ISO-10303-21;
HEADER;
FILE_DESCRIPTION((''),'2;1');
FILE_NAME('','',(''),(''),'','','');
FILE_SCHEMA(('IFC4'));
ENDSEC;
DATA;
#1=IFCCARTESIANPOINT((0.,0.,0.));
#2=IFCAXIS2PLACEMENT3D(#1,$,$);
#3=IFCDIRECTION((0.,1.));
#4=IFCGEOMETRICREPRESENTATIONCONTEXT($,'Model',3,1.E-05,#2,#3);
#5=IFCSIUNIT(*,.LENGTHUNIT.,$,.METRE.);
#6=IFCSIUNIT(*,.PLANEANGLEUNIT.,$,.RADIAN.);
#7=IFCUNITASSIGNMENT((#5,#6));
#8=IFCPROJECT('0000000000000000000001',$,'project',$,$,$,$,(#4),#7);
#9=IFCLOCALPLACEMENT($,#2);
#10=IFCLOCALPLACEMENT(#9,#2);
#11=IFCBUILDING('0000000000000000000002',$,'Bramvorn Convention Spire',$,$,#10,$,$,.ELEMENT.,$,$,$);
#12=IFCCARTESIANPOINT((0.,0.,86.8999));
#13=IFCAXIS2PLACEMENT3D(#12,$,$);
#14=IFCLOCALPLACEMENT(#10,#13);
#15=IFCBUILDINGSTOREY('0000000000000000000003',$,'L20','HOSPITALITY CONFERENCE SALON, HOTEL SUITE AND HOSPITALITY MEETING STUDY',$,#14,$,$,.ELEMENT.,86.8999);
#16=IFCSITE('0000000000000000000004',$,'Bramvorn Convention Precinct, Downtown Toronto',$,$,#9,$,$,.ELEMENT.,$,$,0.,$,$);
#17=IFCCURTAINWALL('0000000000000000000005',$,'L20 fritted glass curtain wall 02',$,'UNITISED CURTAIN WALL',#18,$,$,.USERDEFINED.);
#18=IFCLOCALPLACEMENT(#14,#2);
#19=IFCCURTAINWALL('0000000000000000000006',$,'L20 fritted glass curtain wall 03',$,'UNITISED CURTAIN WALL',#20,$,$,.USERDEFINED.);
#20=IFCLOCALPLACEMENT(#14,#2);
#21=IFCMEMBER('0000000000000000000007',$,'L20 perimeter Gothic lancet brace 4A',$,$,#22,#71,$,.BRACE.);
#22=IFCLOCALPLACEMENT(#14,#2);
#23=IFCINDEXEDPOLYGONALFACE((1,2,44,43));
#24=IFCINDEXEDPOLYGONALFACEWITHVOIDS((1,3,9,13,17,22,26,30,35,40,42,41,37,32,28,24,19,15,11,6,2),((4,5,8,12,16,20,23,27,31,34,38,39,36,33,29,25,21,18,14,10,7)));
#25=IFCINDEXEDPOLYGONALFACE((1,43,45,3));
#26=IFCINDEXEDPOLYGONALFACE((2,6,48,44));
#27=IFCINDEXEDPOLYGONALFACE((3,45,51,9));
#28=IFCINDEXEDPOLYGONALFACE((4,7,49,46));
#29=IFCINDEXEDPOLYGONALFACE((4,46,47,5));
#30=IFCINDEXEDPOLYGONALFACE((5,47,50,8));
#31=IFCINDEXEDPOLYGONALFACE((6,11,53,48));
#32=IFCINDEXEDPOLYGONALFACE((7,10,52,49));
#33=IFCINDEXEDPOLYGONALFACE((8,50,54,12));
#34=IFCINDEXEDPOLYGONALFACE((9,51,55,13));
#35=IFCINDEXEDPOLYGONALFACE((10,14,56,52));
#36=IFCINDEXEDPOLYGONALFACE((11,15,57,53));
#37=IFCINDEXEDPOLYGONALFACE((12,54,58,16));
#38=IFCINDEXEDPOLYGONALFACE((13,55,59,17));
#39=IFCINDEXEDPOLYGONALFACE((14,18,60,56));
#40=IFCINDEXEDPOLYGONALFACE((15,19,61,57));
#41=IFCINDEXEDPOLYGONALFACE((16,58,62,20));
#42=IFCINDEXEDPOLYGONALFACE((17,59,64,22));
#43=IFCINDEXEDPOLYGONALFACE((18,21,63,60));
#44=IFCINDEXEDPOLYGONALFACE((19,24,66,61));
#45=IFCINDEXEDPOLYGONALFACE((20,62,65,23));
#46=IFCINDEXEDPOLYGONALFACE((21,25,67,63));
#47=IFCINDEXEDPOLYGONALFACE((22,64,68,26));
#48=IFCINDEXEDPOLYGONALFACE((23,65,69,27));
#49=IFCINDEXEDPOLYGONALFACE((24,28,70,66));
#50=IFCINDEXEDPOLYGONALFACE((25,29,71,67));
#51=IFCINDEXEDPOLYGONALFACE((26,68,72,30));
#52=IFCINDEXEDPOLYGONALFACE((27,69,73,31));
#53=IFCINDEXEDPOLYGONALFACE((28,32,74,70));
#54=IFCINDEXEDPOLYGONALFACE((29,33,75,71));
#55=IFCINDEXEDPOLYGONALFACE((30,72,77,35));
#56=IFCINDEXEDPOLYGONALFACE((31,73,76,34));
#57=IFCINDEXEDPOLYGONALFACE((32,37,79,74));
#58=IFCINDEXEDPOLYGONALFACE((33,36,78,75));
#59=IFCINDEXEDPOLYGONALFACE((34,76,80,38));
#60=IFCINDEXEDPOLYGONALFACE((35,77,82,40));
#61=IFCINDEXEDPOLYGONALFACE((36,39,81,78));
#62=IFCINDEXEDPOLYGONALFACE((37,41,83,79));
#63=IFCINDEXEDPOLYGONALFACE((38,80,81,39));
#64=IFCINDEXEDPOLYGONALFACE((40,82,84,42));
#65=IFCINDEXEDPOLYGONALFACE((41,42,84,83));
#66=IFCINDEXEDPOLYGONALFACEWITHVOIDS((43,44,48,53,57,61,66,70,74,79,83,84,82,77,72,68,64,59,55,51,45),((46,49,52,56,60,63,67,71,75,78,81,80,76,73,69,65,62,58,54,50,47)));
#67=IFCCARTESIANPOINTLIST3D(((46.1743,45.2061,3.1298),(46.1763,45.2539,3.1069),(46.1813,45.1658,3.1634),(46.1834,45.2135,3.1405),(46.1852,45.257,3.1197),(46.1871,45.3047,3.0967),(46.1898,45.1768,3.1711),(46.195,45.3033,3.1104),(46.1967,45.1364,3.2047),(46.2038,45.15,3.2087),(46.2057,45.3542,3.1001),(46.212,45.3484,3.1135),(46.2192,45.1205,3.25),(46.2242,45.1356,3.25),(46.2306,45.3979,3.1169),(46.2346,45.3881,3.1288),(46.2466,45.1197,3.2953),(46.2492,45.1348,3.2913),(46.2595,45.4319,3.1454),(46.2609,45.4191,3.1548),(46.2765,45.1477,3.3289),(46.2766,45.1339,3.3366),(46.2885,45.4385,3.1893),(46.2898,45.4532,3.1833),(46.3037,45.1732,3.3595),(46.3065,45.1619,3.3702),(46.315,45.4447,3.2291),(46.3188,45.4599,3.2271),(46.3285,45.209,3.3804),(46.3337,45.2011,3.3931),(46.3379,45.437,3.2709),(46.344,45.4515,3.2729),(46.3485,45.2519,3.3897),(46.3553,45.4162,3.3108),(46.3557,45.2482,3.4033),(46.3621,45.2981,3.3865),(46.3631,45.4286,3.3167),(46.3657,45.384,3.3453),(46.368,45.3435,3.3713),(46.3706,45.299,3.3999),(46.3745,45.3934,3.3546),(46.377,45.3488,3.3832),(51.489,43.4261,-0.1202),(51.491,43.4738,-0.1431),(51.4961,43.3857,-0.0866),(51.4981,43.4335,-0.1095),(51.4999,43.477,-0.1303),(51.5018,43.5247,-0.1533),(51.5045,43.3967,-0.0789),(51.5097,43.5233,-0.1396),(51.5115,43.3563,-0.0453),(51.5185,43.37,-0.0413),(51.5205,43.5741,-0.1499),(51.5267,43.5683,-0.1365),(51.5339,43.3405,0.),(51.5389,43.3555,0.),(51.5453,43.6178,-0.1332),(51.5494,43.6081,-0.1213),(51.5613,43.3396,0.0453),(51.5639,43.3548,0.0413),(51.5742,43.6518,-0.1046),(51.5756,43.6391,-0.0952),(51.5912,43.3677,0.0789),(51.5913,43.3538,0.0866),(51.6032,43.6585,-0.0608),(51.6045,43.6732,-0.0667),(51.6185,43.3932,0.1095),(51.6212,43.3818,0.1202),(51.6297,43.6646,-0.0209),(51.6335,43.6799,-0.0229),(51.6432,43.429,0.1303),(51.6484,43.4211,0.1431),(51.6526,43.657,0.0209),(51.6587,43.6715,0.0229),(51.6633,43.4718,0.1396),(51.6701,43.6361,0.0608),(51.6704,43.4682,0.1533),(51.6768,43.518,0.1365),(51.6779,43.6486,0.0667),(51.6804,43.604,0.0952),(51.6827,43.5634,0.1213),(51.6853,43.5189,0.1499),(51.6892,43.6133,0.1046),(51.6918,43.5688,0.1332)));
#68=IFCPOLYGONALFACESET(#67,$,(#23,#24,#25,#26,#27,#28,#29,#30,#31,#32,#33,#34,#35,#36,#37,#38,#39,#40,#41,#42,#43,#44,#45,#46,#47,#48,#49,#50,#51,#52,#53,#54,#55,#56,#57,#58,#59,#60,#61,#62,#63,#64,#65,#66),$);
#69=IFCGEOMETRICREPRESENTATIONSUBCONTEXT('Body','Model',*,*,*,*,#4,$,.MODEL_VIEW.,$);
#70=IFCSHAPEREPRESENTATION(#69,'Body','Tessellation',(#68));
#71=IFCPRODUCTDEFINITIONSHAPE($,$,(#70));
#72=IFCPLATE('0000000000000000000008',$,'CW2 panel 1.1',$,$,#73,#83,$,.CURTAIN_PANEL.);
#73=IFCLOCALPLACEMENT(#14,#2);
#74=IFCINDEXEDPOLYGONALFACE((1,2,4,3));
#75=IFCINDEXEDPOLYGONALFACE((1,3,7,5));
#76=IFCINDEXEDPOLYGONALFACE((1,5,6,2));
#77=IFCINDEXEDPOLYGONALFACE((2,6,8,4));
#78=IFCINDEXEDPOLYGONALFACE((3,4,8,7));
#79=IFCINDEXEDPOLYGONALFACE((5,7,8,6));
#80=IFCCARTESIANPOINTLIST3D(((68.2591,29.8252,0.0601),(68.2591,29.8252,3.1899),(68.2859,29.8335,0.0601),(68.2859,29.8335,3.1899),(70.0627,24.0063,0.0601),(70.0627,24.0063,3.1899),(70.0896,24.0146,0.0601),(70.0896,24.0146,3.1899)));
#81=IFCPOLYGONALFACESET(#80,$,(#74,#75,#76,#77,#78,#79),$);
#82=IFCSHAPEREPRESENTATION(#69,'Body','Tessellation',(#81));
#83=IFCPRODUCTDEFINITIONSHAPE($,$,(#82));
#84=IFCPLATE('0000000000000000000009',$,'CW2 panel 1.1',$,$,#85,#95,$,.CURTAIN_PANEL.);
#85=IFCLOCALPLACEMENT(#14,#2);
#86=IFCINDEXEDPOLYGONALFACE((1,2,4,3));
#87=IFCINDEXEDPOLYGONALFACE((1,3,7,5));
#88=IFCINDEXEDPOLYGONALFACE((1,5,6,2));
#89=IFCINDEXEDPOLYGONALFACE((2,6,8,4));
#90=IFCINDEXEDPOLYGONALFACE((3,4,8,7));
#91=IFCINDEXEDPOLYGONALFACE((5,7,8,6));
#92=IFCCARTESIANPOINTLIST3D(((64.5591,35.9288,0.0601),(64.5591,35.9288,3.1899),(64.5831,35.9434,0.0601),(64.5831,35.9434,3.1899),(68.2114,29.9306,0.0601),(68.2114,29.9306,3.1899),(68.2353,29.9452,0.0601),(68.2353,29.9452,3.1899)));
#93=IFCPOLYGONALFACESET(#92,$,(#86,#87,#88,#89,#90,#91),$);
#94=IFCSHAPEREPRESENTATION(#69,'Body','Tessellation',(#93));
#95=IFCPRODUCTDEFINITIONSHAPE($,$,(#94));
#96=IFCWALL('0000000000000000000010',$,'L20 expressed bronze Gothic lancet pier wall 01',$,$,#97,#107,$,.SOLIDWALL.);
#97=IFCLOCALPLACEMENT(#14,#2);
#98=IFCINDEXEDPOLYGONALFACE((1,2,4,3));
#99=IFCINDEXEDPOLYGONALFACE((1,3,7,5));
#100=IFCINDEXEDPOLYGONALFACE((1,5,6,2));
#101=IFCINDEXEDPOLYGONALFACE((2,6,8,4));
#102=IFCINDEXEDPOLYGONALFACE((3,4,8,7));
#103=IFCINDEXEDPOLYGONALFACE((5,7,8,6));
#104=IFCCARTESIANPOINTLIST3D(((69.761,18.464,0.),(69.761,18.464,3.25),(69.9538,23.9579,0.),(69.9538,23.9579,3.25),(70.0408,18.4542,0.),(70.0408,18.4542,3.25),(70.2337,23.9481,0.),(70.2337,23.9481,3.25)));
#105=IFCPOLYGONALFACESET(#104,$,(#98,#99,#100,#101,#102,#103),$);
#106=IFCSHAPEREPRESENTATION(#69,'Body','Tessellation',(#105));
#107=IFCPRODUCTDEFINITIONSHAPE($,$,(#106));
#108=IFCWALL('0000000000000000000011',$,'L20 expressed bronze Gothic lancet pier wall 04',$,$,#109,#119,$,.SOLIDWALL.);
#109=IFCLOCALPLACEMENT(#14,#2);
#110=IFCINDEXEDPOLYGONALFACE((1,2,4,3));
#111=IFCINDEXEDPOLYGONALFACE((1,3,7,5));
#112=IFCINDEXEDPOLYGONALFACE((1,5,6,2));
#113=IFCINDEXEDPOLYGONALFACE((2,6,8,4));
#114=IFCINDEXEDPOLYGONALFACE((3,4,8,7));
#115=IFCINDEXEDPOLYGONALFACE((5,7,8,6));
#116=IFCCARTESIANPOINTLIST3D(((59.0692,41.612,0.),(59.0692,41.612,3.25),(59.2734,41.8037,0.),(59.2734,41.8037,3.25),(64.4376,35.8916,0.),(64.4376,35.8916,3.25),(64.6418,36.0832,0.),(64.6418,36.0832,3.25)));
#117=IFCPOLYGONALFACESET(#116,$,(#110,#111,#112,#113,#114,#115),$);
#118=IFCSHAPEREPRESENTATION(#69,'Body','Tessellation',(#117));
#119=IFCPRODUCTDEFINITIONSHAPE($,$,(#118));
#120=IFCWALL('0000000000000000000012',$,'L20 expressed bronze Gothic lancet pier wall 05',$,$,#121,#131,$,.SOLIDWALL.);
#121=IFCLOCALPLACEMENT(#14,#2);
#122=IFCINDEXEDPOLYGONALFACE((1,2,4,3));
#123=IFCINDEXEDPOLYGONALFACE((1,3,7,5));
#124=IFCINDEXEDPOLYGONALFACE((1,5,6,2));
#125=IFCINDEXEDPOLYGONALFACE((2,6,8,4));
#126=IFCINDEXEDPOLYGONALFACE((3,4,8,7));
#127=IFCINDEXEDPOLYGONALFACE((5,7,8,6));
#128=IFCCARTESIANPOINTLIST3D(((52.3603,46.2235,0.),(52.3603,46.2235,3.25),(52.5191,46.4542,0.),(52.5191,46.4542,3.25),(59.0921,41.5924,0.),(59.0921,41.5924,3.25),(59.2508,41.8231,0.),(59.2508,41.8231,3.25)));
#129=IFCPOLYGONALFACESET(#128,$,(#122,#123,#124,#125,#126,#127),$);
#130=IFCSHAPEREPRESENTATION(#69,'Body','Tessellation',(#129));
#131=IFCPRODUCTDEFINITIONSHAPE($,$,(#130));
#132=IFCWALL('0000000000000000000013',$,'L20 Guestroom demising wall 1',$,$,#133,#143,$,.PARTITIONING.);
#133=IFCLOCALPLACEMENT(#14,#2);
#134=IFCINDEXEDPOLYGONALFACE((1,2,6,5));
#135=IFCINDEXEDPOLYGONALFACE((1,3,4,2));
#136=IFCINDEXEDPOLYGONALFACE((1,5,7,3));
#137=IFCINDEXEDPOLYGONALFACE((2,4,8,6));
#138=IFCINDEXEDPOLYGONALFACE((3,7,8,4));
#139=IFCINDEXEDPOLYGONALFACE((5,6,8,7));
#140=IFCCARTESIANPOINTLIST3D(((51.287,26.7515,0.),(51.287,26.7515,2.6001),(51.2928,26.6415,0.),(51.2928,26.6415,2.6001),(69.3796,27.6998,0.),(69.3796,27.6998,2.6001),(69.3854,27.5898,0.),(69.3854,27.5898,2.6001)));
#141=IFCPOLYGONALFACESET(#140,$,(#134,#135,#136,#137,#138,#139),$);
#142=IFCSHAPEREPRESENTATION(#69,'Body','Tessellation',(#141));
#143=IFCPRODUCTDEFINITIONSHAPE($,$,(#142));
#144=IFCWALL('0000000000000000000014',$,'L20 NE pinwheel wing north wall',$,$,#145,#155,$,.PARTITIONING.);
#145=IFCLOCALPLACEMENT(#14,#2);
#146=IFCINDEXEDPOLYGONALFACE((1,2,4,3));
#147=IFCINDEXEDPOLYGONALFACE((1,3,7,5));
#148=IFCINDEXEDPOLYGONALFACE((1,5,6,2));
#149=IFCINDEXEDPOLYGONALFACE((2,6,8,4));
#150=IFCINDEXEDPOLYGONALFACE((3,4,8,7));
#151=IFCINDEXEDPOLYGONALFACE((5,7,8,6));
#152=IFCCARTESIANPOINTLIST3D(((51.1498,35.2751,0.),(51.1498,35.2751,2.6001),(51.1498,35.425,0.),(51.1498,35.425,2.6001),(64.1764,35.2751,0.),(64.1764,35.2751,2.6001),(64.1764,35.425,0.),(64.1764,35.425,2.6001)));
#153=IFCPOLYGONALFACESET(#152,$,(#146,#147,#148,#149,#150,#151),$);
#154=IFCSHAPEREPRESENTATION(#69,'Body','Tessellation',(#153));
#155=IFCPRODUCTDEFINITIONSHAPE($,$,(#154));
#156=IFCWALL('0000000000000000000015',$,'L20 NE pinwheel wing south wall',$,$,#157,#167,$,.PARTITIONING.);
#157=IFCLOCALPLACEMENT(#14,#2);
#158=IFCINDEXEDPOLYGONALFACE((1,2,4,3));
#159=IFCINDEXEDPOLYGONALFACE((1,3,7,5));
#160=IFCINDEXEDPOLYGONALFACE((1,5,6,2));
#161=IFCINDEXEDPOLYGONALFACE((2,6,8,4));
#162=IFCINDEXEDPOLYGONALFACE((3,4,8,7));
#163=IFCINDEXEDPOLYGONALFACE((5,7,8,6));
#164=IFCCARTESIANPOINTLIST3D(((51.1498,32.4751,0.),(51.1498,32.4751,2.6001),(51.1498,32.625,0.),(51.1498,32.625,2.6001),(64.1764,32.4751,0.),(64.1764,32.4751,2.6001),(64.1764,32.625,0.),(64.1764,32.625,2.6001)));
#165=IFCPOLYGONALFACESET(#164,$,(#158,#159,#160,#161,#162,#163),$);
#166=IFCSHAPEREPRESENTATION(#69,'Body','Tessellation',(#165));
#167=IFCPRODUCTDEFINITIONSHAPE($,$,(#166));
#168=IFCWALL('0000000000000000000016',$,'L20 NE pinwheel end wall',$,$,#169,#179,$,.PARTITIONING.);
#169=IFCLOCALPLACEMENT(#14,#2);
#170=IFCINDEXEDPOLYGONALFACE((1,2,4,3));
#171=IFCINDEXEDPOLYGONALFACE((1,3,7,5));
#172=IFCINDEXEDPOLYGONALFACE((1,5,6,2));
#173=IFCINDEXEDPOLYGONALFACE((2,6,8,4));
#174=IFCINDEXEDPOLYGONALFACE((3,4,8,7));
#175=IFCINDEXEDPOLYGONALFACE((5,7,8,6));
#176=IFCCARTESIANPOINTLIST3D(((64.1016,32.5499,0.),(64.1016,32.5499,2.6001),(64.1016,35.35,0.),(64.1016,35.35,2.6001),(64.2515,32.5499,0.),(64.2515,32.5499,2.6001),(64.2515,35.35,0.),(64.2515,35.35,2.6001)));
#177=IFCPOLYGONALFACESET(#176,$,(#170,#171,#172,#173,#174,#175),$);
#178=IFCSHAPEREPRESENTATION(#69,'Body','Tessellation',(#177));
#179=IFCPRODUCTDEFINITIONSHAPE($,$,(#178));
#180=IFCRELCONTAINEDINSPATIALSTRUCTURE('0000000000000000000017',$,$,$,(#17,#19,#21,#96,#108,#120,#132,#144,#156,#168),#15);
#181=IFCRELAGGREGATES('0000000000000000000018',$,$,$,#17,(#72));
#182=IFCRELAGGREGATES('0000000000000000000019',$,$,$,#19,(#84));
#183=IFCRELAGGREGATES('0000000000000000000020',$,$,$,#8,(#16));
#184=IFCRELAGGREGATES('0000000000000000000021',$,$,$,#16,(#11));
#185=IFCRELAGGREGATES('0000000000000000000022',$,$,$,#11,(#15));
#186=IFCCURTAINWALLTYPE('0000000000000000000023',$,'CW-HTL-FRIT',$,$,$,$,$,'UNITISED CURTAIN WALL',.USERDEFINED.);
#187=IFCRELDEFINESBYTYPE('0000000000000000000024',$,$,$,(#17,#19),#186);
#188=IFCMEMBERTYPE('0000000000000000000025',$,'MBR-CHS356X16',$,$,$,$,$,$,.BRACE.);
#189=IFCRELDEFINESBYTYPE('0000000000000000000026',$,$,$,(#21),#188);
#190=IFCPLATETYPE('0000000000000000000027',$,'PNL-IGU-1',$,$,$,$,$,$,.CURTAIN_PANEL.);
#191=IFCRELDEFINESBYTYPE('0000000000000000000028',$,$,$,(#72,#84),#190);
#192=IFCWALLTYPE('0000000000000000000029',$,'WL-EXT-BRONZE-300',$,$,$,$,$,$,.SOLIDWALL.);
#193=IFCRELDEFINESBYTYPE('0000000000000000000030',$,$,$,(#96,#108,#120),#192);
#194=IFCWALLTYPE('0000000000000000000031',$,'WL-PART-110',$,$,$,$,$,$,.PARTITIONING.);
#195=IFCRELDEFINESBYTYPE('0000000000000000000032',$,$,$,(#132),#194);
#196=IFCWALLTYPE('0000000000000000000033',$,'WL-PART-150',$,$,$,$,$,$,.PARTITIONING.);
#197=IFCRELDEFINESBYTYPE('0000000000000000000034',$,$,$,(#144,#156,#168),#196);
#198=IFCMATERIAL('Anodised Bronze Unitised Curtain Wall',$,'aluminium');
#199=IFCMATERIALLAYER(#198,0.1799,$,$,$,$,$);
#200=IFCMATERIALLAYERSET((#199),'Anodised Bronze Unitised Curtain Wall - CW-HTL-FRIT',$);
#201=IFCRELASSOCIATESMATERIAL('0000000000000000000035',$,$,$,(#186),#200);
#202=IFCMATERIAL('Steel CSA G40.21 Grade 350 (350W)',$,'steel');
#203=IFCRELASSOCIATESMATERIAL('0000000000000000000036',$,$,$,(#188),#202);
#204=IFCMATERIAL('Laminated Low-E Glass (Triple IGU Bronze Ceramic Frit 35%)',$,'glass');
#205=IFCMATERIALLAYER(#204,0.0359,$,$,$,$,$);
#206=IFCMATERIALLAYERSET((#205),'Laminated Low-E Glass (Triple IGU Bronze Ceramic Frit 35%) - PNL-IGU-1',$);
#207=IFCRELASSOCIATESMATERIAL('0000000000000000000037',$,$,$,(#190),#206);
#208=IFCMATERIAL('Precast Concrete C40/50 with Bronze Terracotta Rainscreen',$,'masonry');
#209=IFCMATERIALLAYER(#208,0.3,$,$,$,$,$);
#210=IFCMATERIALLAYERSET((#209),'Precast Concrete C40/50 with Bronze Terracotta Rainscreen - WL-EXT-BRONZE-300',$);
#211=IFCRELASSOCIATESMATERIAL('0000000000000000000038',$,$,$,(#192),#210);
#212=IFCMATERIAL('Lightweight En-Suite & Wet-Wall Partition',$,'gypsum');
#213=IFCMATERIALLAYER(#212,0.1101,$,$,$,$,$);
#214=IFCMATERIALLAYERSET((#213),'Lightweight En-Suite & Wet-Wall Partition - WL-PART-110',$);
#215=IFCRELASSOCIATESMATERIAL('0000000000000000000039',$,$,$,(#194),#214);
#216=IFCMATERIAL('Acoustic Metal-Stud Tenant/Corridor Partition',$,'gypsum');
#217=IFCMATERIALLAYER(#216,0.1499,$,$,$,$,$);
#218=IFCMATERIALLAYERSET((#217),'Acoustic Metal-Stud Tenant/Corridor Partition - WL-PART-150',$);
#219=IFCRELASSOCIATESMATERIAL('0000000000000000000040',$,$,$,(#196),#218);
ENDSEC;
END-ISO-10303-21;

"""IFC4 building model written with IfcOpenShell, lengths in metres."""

from ifc_helpers import new_model, si_unit, direction, frame, frame_2d, origin, origin_2d, place, context, subcontext, project, spatial, rectangle, hollow_circle, extrude, material, layer, layer_set, material_profile, profile_set, type_object, element, aggregate, save


model = new_model("IFC4")

# Units and contexts
model_context = context("Model", 3, precision=1e-05, world=origin(), true_north=direction((0.0, 1.0)))
body_context = subcontext(model_context, "Body", "Model", "MODEL_VIEW")
ifc_project = project(units=[si_unit("LENGTHUNIT", "METRE"), si_unit("PLANEANGLEUNIT", "RADIAN")], contexts=[model_context])

# Site, building, storey
site_placement = place(None, origin())
site = spatial("IfcSite", under=ifc_project, at=site_placement, Name="Bramvorn Convention Precinct, Downtown Toronto", CompositionType="ELEMENT", RefElevation=0.0)
building_placement = place(site_placement, origin())
building = spatial("IfcBuilding", under=site, at=building_placement, Name="Bramvorn Convention Spire", CompositionType="ELEMENT")
storey_placement = place(building_placement, frame((0.0, 0.0, 86.8999)))
storey = spatial("IfcBuildingStorey", under=building, at=storey_placement, Name="L20", Description="HOSPITALITY CONFERENCE SALON, HOTEL SUITE AND HOSPITALITY MEETING STUDY", CompositionType="ELEMENT", Elevation=86.8999)

# Shared definitions
ifc_material_1 = material(Name="Steel CSA G40.21 Grade 350 (350W)", Category="steel")

# Curtain walls
ifc_material_2 = material(Name="Anodised Bronze Unitised Curtain Wall", Category="aluminium")
ifc_layer_1 = layer(ifc_material_2, 0.1799)
ifc_layer_set_1 = layer_set([ifc_layer_1], Name="Anodised Bronze Unitised Curtain Wall - CW-HTL-FRIT")
curtain_wall_type = type_object("IfcCurtainWallType", Name="CW-HTL-FRIT", ElementType="UNITISED CURTAIN WALL", PredefinedType="USERDEFINED", material=ifc_layer_set_1)
curtain_wall_1_placement = place(storey_placement, origin())
curtain_wall_1 = element("IfcCurtainWall", 1, at=curtain_wall_1_placement, inside=storey, type_object=curtain_wall_type, Name="L20 fritted glass curtain wall 02", ObjectType="UNITISED CURTAIN WALL", PredefinedType="USERDEFINED")
curtain_wall_2_placement = place(storey_placement, origin())
curtain_wall_2 = element("IfcCurtainWall", 2, at=curtain_wall_2_placement, inside=storey, type_object=curtain_wall_type, Name="L20 fritted glass curtain wall 03", ObjectType="UNITISED CURTAIN WALL", PredefinedType="USERDEFINED")

# Member
ifc_material_profile_1 = material_profile(ifc_material_1, hollow_circle(Radius=0.1777, WallThickness=0.0159, at=origin_2d()))
ifc_profile_set_1 = profile_set([ifc_material_profile_1], Name="Steel CSA G40.21 Grade 350 (350W) - CHS356X16")
member_type_1 = type_object("IfcMemberType", Name="MBR-CHS356X16", PredefinedType="BRACE", material=ifc_profile_set_1)
member_1_placement = place(storey_placement, frame((51.5903, 43.509, 0.0), z_axis=(-0.8203, 0.27474, 0.501623), x_axis=(-0.317586, -0.948229, 0.0)))
element("IfcMember", 3, at=member_1_placement, inside=storey, type_object=member_type_1, Name="L20 perimeter Gothic lancet brace 4A", PredefinedType="BRACE", context=body_context, shape_type="SweptSolid", body=[
    extrude(hollow_circle(Radius=0.1777, WallThickness=0.0159, at=origin_2d()), origin(), (0.0, 0.0, 1.0), 6.479),
])

# Plates
ifc_material_3 = material(Name="Laminated Low-E Glass (Triple IGU Bronze Ceramic Frit 35%)", Category="glass")
ifc_layer_2 = layer(ifc_material_3, 0.0359)
ifc_layer_set_2 = layer_set([ifc_layer_2], Name="Laminated Low-E Glass (Triple IGU Bronze Ceramic Frit 35%) - PNL-IGU-1")
plate_type = type_object("IfcPlateType", Name="PNL-IGU-1", PredefinedType="CURTAIN_PANEL", material=ifc_layer_set_2)
plate_1_placement = place(storey_placement, frame((69.1743, 26.9199, 0.0601), z_axis=(0.0, 0.0, 1.0), x_axis=(0.296067, -0.955167, 0.0)))
plate_1 = element("IfcPlate", 4, at=plate_1_placement, type_object=plate_type, Name="CW2 panel 1.1", PredefinedType="CURTAIN_PANEL", context=body_context, shape_type="SweptSolid", body=[
    extrude(rectangle(XDim=6.092, YDim=0.0281, at=origin_2d()), origin(), (0.0, 0.0, 1.0), 3.1299),
])
aggregate(curtain_wall_1, [plate_1])
plate_2_placement = place(storey_placement, frame((66.3972, 32.937, 0.0601), z_axis=(0.0, 0.0, 1.0), x_axis=(0.520066, -0.854126, 0.0)))
plate_2 = element("IfcPlate", 5, at=plate_2_placement, type_object=plate_type, Name="CW2 panel 1.1", PredefinedType="CURTAIN_PANEL", context=body_context, shape_type="SweptSolid", body=[
    extrude(rectangle(XDim=7.0227, YDim=0.0281, at=origin_2d()), origin(), (0.0, 0.0, 1.0), 3.1299),
])
aggregate(curtain_wall_2, [plate_2])

# Walls
ifc_material_4 = material(Name="Precast Concrete C40/50 with Bronze Terracotta Rainscreen", Category="masonry")
ifc_layer_3 = layer(ifc_material_4, 0.3)
ifc_layer_set_3 = layer_set([ifc_layer_3], Name="Precast Concrete C40/50 with Bronze Terracotta Rainscreen - WL-EXT-BRONZE-300")
wall_type_1 = type_object("IfcWallType", Name="WL-EXT-BRONZE-300", PredefinedType="SOLIDWALL", material=ifc_layer_set_3)
wall_1_placement = place(storey_placement, frame((70.0938, 23.9529, 0.0), z_axis=(0.0, 0.0, 1.0), x_axis=(-0.035085, -0.999384, 0.0)))
element("IfcWall", 6, at=wall_1_placement, inside=storey, type_object=wall_type_1, Name="L20 expressed bronze Gothic lancet pier wall 01", PredefinedType="SOLIDWALL", context=body_context, shape_type="SweptSolid", body=[
    extrude(rectangle(XDim=5.4973, YDim=0.28, at=frame_2d((2.7485, 0.0))), origin(), (0.0, 0.0, 1.0), 3.25),
])
wall_2_placement = place(storey_placement, frame((59.1714, 41.7078, 0.0), z_axis=(0.0, 0.0, 1.0), x_axis=(0.684313, -0.729189, 0.0)))
element("IfcWall", 7, at=wall_2_placement, inside=storey, type_object=wall_type_1, Name="L20 expressed bronze Gothic lancet pier wall 04", PredefinedType="SOLIDWALL", context=body_context, shape_type="SweptSolid", body=[
    extrude(rectangle(XDim=7.845, YDim=0.28, at=frame_2d((3.9224, 0.0))), origin(), (0.0, 0.0, 1.0), 3.25),
])
wall_3_placement = place(storey_placement, frame((52.4397, 46.3389, 0.0), z_axis=(0.0, 0.0, 1.0), x_axis=(0.823867, -0.566784, 0.0)))
element("IfcWall", 8, at=wall_3_placement, inside=storey, type_object=wall_type_1, Name="L20 expressed bronze Gothic lancet pier wall 05", PredefinedType="SOLIDWALL", context=body_context, shape_type="SweptSolid", body=[
    extrude(rectangle(XDim=8.1709, YDim=0.28, at=frame_2d((4.0854, 0.0))), origin(), (0.0, 0.0, 1.0), 3.25),
])
ifc_material_5 = material(Name="Lightweight En-Suite & Wet-Wall Partition", Category="gypsum")
ifc_layer_4 = layer(ifc_material_5, 0.1101)
ifc_layer_set_4 = layer_set([ifc_layer_4], Name="Lightweight En-Suite & Wet-Wall Partition - WL-PART-110")
wall_type_2 = type_object("IfcWallType", Name="WL-PART-110", PredefinedType="PARTITIONING", material=ifc_layer_set_4)
wall_4_placement = place(storey_placement, frame((51.29, 26.6965, 0.0), z_axis=(0.0, 0.0, 1.0), x_axis=(0.998629, 0.052339, 0.0)))
element("IfcWall", 9, at=wall_4_placement, inside=storey, type_object=wall_type_2, Name="L20 Guestroom demising wall 1", PredefinedType="PARTITIONING", context=body_context, shape_type="SweptSolid", body=[
    extrude(rectangle(XDim=18.1174, YDim=0.1101, at=frame_2d((9.0586, 0.0))), origin(), (0.0, 0.0, 1.0), 2.6001),
])
ifc_material_6 = material(Name="Acoustic Metal-Stud Tenant/Corridor Partition", Category="gypsum")
ifc_layer_5 = layer(ifc_material_6, 0.1499)
ifc_layer_set_5 = layer_set([ifc_layer_5], Name="Acoustic Metal-Stud Tenant/Corridor Partition - WL-PART-150")
wall_type_3 = type_object("IfcWallType", Name="WL-PART-150", PredefinedType="PARTITIONING", material=ifc_layer_set_5)
for number, where, z_axis, x_axis, name in (
    (10, (51.1499, 35.3501, 0.0), (0.0, 0.0, 1.0), (1.0, 0.0, 0.0), "L20 NE pinwheel wing north wall"),
    (11, (51.1499, 32.55, 0.0), (0.0, 0.0, 1.0), (1.0, 0.0, 0.0), "L20 NE pinwheel wing south wall"),
):
    element("IfcWall", number, at=place(storey_placement, frame(where, z_axis=z_axis, x_axis=x_axis)), inside=storey, type_object=wall_type_3, Name=name, PredefinedType="PARTITIONING", context=body_context, shape_type="SweptSolid", body=[
        extrude(rectangle(XDim=13.0266, YDim=0.1499, at=frame_2d((6.5132, 0.0))), origin(), (0.0, 0.0, 1.0), 2.6001),
    ])
wall_5_placement = place(storey_placement, frame((64.1765, 32.55, 0.0), z_axis=(0.0, 0.0, 1.0), x_axis=(0.0, 1.0, 0.0)))
element("IfcWall", 12, at=wall_5_placement, inside=storey, type_object=wall_type_3, Name="L20 NE pinwheel end wall", PredefinedType="PARTITIONING", context=body_context, shape_type="SweptSolid", body=[
    extrude(rectangle(XDim=2.8, YDim=0.1499, at=frame_2d((1.3999, 0.0))), origin(), (0.0, 0.0, 1.0), 2.6001),
])

save(model, "model.ifc")
